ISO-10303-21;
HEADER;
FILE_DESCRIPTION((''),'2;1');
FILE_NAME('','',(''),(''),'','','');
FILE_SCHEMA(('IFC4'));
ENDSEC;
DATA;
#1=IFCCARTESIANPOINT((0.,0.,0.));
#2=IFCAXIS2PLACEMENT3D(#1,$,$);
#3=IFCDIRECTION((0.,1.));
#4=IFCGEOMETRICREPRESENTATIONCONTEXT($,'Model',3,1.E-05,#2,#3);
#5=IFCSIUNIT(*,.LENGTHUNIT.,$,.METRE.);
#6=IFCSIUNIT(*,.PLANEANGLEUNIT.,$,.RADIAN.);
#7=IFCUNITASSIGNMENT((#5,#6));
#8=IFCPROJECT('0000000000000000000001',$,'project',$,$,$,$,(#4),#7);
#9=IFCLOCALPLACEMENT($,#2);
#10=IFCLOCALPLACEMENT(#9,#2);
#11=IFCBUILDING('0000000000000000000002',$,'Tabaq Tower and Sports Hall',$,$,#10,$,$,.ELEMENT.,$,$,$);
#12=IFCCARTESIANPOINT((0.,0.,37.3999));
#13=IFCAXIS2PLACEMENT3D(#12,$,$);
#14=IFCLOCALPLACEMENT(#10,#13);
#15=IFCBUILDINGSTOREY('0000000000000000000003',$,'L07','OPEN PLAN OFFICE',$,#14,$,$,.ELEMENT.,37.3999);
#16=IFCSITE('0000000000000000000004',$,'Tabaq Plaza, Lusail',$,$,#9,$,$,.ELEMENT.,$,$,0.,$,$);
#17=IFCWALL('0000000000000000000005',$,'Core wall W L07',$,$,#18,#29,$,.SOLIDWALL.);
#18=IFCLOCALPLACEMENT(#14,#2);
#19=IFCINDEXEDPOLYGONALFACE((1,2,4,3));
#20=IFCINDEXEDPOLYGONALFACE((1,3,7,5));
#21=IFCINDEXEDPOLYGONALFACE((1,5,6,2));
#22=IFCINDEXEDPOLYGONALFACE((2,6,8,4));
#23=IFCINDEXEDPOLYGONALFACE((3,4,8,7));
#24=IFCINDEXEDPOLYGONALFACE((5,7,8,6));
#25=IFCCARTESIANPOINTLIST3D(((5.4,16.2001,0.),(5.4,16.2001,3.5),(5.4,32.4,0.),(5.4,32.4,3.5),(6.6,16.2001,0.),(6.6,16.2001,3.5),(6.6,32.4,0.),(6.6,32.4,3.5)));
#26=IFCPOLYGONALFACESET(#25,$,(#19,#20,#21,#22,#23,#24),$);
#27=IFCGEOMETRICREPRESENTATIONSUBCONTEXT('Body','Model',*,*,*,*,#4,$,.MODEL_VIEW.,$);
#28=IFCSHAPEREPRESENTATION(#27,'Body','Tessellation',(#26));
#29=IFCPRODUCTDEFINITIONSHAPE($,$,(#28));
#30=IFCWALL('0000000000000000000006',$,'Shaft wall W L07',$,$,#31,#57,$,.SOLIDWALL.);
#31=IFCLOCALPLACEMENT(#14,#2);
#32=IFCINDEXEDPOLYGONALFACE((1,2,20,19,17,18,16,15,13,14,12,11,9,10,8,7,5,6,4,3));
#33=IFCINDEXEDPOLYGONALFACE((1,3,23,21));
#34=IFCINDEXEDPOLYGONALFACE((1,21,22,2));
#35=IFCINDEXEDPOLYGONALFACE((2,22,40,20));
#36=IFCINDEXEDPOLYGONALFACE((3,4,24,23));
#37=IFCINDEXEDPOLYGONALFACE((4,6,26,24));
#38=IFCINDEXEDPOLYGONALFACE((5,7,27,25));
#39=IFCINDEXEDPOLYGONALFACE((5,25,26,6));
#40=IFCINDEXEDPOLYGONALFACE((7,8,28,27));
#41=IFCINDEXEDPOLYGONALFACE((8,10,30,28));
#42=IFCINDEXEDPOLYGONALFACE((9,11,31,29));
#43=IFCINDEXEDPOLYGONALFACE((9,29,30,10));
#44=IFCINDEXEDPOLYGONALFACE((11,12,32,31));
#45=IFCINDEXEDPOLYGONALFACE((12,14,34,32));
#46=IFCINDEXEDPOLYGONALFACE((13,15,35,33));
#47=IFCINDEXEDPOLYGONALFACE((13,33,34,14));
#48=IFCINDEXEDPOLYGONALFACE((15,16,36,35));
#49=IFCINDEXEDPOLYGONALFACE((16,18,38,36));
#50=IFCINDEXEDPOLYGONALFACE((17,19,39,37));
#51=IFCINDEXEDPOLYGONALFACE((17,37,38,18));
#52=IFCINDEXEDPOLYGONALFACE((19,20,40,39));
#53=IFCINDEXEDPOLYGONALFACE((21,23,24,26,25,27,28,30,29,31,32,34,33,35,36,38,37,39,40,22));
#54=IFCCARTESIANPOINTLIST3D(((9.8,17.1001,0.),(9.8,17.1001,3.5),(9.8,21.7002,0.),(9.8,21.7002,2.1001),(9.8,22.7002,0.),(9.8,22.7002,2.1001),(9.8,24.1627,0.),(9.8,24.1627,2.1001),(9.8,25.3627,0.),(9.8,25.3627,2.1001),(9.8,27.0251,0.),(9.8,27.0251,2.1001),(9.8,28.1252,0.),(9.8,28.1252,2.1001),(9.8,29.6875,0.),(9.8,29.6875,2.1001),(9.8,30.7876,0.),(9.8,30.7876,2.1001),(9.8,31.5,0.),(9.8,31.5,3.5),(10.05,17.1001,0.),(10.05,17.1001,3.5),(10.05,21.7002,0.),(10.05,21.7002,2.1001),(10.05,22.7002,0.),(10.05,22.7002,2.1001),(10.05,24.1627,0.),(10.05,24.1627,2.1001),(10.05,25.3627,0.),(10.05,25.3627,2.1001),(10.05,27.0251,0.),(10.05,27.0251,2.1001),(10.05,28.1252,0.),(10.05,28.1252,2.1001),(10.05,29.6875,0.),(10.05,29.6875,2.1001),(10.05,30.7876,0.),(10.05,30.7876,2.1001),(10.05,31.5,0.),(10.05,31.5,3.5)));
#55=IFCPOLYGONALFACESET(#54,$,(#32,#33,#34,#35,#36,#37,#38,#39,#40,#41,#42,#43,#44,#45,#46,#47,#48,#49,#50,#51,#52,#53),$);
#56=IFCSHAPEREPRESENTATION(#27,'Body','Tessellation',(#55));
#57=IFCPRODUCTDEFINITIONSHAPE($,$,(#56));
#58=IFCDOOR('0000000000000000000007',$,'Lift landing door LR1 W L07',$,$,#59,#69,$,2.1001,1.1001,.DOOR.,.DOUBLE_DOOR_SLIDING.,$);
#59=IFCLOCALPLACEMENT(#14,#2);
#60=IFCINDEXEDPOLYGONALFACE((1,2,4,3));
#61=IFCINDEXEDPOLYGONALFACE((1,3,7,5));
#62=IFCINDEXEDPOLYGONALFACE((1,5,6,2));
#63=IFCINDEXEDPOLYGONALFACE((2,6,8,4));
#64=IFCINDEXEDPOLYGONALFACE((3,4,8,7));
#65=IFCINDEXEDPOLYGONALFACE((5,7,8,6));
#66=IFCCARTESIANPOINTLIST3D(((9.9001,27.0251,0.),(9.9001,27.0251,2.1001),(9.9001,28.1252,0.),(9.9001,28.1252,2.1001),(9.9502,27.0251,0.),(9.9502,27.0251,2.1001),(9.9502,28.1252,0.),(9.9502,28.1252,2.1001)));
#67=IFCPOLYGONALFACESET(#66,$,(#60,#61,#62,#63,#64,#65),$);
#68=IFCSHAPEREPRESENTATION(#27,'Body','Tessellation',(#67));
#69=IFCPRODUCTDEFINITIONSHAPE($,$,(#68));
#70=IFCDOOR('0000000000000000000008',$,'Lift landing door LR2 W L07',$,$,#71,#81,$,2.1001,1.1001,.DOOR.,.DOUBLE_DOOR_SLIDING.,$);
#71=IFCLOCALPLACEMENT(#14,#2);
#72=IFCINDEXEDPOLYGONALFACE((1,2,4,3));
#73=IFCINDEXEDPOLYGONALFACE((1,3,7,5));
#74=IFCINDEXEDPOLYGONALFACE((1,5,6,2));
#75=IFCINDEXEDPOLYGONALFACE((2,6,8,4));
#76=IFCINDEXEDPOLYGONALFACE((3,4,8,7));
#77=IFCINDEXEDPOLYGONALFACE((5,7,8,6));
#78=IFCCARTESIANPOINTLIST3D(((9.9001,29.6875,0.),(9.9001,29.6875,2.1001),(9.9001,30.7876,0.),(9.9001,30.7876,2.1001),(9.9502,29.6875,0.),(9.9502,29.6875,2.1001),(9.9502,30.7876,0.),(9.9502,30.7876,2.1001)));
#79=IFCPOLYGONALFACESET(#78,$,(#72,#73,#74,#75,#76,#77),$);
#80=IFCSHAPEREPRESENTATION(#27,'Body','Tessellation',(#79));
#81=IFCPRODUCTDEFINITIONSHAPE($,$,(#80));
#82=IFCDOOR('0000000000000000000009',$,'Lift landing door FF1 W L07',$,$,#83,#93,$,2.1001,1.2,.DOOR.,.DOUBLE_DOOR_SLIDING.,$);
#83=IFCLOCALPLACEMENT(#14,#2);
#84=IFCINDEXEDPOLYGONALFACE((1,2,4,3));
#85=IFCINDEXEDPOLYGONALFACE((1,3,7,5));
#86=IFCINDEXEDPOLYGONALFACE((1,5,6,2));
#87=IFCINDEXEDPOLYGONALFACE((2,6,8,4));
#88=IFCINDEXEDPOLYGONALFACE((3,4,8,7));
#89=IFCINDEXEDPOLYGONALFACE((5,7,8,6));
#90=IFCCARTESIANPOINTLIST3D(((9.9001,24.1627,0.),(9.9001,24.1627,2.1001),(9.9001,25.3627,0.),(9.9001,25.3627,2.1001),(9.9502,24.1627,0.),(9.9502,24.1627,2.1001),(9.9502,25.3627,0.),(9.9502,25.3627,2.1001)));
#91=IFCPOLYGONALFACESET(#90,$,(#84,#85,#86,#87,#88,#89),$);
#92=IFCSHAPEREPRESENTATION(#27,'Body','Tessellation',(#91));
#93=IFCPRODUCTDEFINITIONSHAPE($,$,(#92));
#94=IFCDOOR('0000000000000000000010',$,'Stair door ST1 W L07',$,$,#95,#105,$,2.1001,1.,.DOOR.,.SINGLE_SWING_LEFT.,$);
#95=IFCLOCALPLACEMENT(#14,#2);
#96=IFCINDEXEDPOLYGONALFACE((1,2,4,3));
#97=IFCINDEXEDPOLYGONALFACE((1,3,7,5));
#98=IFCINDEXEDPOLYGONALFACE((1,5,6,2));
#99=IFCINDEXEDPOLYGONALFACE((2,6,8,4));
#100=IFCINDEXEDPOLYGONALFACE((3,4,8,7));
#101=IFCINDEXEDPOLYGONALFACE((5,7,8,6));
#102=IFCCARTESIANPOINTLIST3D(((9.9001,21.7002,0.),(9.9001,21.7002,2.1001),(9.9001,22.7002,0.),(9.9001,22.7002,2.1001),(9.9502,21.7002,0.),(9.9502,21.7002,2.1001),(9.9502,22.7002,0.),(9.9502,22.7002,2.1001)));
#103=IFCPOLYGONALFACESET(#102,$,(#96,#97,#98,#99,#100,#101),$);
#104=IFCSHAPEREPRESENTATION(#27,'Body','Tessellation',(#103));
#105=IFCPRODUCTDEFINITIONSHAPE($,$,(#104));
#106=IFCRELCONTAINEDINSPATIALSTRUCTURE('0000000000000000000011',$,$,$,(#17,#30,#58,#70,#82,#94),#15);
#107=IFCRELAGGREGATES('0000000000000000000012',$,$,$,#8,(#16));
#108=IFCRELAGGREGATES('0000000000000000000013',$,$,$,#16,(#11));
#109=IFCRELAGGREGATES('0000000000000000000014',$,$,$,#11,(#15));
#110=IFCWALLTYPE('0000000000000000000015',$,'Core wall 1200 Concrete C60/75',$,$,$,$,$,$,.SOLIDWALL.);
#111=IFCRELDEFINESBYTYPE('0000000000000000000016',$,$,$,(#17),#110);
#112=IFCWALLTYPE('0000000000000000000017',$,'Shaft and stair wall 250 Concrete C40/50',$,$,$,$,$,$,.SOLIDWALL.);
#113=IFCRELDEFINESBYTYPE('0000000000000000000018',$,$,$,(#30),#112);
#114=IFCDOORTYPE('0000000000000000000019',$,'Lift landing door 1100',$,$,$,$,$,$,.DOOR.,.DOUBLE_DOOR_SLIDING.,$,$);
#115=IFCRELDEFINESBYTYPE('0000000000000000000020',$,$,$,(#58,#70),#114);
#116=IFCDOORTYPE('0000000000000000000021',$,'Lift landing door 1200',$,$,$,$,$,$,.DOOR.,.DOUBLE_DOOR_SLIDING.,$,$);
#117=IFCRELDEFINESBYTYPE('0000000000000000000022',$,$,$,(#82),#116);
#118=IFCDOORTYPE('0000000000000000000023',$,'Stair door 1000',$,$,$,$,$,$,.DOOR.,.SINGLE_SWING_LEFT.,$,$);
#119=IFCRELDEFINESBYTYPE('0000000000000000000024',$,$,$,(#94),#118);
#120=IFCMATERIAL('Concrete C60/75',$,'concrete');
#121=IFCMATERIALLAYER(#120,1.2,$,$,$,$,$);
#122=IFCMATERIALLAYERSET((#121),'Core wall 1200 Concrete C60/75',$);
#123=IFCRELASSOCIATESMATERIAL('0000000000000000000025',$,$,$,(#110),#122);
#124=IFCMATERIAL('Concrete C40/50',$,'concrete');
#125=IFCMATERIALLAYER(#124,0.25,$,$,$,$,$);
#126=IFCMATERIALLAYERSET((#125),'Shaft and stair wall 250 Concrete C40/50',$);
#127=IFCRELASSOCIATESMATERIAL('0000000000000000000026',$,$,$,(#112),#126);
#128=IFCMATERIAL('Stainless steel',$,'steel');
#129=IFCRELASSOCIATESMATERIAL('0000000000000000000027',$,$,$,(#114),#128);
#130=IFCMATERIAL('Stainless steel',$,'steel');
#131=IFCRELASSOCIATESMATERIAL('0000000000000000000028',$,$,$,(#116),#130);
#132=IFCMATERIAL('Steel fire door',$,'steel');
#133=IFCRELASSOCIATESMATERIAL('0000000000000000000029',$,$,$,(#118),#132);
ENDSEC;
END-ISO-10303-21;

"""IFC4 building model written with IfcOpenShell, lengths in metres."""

from ifc_helpers import new_model, si_unit, direction, frame, frame_2d, origin, place, context, subcontext, project, spatial, rectangle, extrude, material, layer, layer_set, type_object, element, fill, save


model = new_model("IFC4")

# Units and contexts
model_context = context("Model", 3, precision=1e-05, world=origin(), true_north=direction((0.0, 1.0)))
body_context = subcontext(model_context, "Body", "Model", "MODEL_VIEW")
ifc_project = project(units=[si_unit("LENGTHUNIT", "METRE"), si_unit("PLANEANGLEUNIT", "RADIAN")], contexts=[model_context])

# Site, building, storey
site_placement = place(None, origin())
site = spatial("IfcSite", under=ifc_project, at=site_placement, Name="Tabaq Plaza, Lusail", CompositionType="ELEMENT", RefElevation=0.0)
building_placement = place(site_placement, origin())
building = spatial("IfcBuilding", under=site, at=building_placement, Name="Tabaq Tower and Sports Hall", CompositionType="ELEMENT")
storey_placement = place(building_placement, frame((0.0, 0.0, 37.3999)))
storey = spatial("IfcBuildingStorey", under=building, at=storey_placement, Name="L07", Description="OPEN PLAN OFFICE", CompositionType="ELEMENT", Elevation=37.3999)

# Wall
ifc_material_1 = material(Name="Concrete C60/75", Category="concrete")
ifc_layer_1 = layer(ifc_material_1, 1.2)
ifc_layer_set_1 = layer_set([ifc_layer_1], Name="Core wall 1200 Concrete C60/75")
wall_type_1 = type_object("IfcWallType", Name="Core wall 1200 Concrete C60/75", PredefinedType="SOLIDWALL", material=ifc_layer_set_1)
wall_1_placement = place(storey_placement, frame((6.0, 16.2, 0.0), z_axis=(0.0, 0.0, 1.0), x_axis=(0.0, 1.0, 0.0)))
element("IfcWall", 1, at=wall_1_placement, inside=storey, type_object=wall_type_1, Name="Core wall W L07", PredefinedType="SOLIDWALL", context=body_context, shape_type="SweptSolid", body=[
    extrude(rectangle(XDim=16.2, YDim=1.2, at=frame_2d((8.1001, 0.0))), origin(), (0.0, 0.0, 1.0), 3.5),
])

# Wall, openings, doors
ifc_material_2 = material(Name="Concrete C40/50", Category="concrete")
ifc_layer_2 = layer(ifc_material_2, 0.25)
ifc_layer_set_2 = layer_set([ifc_layer_2], Name="Shaft and stair wall 250 Concrete C40/50")
wall_type_2 = type_object("IfcWallType", Name="Shaft and stair wall 250 Concrete C40/50", PredefinedType="SOLIDWALL", material=ifc_layer_set_2)
wall_2_placement = place(storey_placement, frame((9.925, 17.1001, 0.0), z_axis=(0.0, 0.0, 1.0), x_axis=(0.0, 1.0, 0.0)))
wall_2 = element("IfcWall", 2, at=wall_2_placement, inside=storey, type_object=wall_type_2, Name="Shaft wall W L07", PredefinedType="SOLIDWALL", context=body_context, shape_type="SweptSolid", body=[
    extrude(rectangle(XDim=14.3999, YDim=0.25, at=frame_2d((7.2, 0.0))), origin(), (0.0, 0.0, 1.0), 3.5),
])
opening_1_placement = place(wall_2_placement, frame((4.6001, 0.0, 0.0)))
opening_1 = element("IfcOpeningElement", 3, at=opening_1_placement, cuts=wall_2, PredefinedType="OPENING", context=body_context, shape_type="SweptSolid", body=[
    extrude(rectangle(XDim=1.0, YDim=2.1001, at=frame_2d((0.5, 1.05))), frame((0.0, 0.125, 0.0), z_axis=(0.0, -1.0, 0.0), x_axis=(1.0, 0.0, 0.0)), (0.0, 0.0, 1.0), 0.25),
])
opening_2_placement = place(wall_2_placement, frame((7.0625, 0.0, 0.0)))
opening_2 = element("IfcOpeningElement", 4, at=opening_2_placement, cuts=wall_2, PredefinedType="OPENING", context=body_context, shape_type="SweptSolid", body=[
    extrude(rectangle(XDim=1.2, YDim=2.1001, at=frame_2d((0.6001, 1.05))), frame((0.0, 0.125, 0.0), z_axis=(0.0, -1.0, 0.0), x_axis=(1.0, 0.0, 0.0)), (0.0, 0.0, 1.0), 0.25),
])
opening_3_placement = place(wall_2_placement, frame((9.925, 0.0, 0.0)))
opening_3 = element("IfcOpeningElement", 5, at=opening_3_placement, cuts=wall_2, PredefinedType="OPENING", context=body_context, shape_type="SweptSolid", body=[
    extrude(rectangle(XDim=1.1001, YDim=2.1001, at=frame_2d((0.55, 1.05))), frame((0.0, 0.125, 0.0), z_axis=(0.0, -1.0, 0.0), x_axis=(1.0, 0.0, 0.0)), (0.0, 0.0, 1.0), 0.25),
])
opening_4_placement = place(wall_2_placement, frame((12.5874, 0.0, 0.0)))
opening_4 = element("IfcOpeningElement", 6, at=opening_4_placement, cuts=wall_2, PredefinedType="OPENING", context=body_context, shape_type="SweptSolid", body=[
    extrude(rectangle(XDim=1.1001, YDim=2.1001, at=frame_2d((0.55, 1.05))), frame((0.0, 0.125, 0.0), z_axis=(0.0, -1.0, 0.0), x_axis=(1.0, 0.0, 0.0)), (0.0, 0.0, 1.0), 0.25),
])
ifc_material_3 = material(Name="Stainless steel", Category="steel")
door_type_1 = type_object("IfcDoorType", Name="Lift landing door 1100", OperationType="DOUBLE_DOOR_SLIDING", PredefinedType="DOOR", material=ifc_material_3)
door_1_placement = place(opening_3_placement, origin())
door_1 = element("IfcDoor", 7, at=door_1_placement, inside=storey, type_object=door_type_1, Name="Lift landing door LR1 W L07", OperationType="DOUBLE_DOOR_SLIDING", OverallHeight=2.1001, OverallWidth=1.1001, PredefinedType="DOOR", context=body_context, shape_type="SweptSolid", body=[
    extrude(rectangle(XDim=1.1001, YDim=2.1001, at=frame_2d((0.55, 1.05))), frame((0.0, 0.0249, 0.0), z_axis=(0.0, -1.0, 0.0), x_axis=(1.0, 0.0, 0.0)), (0.0, 0.0, 1.0), 0.05),
])
fill(opening_3, door_1)
door_2_placement = place(opening_4_placement, origin())
door_2 = element("IfcDoor", 8, at=door_2_placement, inside=storey, type_object=door_type_1, Name="Lift landing door LR2 W L07", OperationType="DOUBLE_DOOR_SLIDING", OverallHeight=2.1001, OverallWidth=1.1001, PredefinedType="DOOR", context=body_context, shape_type="SweptSolid", body=[
    extrude(rectangle(XDim=1.1001, YDim=2.1001, at=frame_2d((0.55, 1.05))), frame((0.0, 0.0249, 0.0), z_axis=(0.0, -1.0, 0.0), x_axis=(1.0, 0.0, 0.0)), (0.0, 0.0, 1.0), 0.05),
])
fill(opening_4, door_2)
ifc_material_4 = material(Name="Stainless steel", Category="steel")
door_type_2 = type_object("IfcDoorType", Name="Lift landing door 1200", OperationType="DOUBLE_DOOR_SLIDING", PredefinedType="DOOR", material=ifc_material_4)
door_3_placement = place(opening_2_placement, origin())
door_3 = element("IfcDoor", 9, at=door_3_placement, inside=storey, type_object=door_type_2, Name="Lift landing door FF1 W L07", OperationType="DOUBLE_DOOR_SLIDING", OverallHeight=2.1001, OverallWidth=1.2, PredefinedType="DOOR", context=body_context, shape_type="SweptSolid", body=[
    extrude(rectangle(XDim=1.2, YDim=2.1001, at=frame_2d((0.6001, 1.05))), frame((0.0, 0.0249, 0.0), z_axis=(0.0, -1.0, 0.0), x_axis=(1.0, 0.0, 0.0)), (0.0, 0.0, 1.0), 0.05),
])
fill(opening_2, door_3)
ifc_material_5 = material(Name="Steel fire door", Category="steel")
door_type_3 = type_object("IfcDoorType", Name="Stair door 1000", OperationType="SINGLE_SWING_LEFT", PredefinedType="DOOR", material=ifc_material_5)
door_4_placement = place(opening_1_placement, origin())
door_4 = element("IfcDoor", 10, at=door_4_placement, inside=storey, type_object=door_type_3, Name="Stair door ST1 W L07", OperationType="SINGLE_SWING_LEFT", OverallHeight=2.1001, OverallWidth=1.0, PredefinedType="DOOR", context=body_context, shape_type="SweptSolid", body=[
    extrude(rectangle(XDim=1.0, YDim=2.1001, at=frame_2d((0.5, 1.05))), frame((0.0, 0.0249, 0.0), z_axis=(0.0, -1.0, 0.0), x_axis=(1.0, 0.0, 0.0)), (0.0, 0.0, 1.0), 0.05),
])
fill(opening_1, door_4)

save(model, "model.ifc")
